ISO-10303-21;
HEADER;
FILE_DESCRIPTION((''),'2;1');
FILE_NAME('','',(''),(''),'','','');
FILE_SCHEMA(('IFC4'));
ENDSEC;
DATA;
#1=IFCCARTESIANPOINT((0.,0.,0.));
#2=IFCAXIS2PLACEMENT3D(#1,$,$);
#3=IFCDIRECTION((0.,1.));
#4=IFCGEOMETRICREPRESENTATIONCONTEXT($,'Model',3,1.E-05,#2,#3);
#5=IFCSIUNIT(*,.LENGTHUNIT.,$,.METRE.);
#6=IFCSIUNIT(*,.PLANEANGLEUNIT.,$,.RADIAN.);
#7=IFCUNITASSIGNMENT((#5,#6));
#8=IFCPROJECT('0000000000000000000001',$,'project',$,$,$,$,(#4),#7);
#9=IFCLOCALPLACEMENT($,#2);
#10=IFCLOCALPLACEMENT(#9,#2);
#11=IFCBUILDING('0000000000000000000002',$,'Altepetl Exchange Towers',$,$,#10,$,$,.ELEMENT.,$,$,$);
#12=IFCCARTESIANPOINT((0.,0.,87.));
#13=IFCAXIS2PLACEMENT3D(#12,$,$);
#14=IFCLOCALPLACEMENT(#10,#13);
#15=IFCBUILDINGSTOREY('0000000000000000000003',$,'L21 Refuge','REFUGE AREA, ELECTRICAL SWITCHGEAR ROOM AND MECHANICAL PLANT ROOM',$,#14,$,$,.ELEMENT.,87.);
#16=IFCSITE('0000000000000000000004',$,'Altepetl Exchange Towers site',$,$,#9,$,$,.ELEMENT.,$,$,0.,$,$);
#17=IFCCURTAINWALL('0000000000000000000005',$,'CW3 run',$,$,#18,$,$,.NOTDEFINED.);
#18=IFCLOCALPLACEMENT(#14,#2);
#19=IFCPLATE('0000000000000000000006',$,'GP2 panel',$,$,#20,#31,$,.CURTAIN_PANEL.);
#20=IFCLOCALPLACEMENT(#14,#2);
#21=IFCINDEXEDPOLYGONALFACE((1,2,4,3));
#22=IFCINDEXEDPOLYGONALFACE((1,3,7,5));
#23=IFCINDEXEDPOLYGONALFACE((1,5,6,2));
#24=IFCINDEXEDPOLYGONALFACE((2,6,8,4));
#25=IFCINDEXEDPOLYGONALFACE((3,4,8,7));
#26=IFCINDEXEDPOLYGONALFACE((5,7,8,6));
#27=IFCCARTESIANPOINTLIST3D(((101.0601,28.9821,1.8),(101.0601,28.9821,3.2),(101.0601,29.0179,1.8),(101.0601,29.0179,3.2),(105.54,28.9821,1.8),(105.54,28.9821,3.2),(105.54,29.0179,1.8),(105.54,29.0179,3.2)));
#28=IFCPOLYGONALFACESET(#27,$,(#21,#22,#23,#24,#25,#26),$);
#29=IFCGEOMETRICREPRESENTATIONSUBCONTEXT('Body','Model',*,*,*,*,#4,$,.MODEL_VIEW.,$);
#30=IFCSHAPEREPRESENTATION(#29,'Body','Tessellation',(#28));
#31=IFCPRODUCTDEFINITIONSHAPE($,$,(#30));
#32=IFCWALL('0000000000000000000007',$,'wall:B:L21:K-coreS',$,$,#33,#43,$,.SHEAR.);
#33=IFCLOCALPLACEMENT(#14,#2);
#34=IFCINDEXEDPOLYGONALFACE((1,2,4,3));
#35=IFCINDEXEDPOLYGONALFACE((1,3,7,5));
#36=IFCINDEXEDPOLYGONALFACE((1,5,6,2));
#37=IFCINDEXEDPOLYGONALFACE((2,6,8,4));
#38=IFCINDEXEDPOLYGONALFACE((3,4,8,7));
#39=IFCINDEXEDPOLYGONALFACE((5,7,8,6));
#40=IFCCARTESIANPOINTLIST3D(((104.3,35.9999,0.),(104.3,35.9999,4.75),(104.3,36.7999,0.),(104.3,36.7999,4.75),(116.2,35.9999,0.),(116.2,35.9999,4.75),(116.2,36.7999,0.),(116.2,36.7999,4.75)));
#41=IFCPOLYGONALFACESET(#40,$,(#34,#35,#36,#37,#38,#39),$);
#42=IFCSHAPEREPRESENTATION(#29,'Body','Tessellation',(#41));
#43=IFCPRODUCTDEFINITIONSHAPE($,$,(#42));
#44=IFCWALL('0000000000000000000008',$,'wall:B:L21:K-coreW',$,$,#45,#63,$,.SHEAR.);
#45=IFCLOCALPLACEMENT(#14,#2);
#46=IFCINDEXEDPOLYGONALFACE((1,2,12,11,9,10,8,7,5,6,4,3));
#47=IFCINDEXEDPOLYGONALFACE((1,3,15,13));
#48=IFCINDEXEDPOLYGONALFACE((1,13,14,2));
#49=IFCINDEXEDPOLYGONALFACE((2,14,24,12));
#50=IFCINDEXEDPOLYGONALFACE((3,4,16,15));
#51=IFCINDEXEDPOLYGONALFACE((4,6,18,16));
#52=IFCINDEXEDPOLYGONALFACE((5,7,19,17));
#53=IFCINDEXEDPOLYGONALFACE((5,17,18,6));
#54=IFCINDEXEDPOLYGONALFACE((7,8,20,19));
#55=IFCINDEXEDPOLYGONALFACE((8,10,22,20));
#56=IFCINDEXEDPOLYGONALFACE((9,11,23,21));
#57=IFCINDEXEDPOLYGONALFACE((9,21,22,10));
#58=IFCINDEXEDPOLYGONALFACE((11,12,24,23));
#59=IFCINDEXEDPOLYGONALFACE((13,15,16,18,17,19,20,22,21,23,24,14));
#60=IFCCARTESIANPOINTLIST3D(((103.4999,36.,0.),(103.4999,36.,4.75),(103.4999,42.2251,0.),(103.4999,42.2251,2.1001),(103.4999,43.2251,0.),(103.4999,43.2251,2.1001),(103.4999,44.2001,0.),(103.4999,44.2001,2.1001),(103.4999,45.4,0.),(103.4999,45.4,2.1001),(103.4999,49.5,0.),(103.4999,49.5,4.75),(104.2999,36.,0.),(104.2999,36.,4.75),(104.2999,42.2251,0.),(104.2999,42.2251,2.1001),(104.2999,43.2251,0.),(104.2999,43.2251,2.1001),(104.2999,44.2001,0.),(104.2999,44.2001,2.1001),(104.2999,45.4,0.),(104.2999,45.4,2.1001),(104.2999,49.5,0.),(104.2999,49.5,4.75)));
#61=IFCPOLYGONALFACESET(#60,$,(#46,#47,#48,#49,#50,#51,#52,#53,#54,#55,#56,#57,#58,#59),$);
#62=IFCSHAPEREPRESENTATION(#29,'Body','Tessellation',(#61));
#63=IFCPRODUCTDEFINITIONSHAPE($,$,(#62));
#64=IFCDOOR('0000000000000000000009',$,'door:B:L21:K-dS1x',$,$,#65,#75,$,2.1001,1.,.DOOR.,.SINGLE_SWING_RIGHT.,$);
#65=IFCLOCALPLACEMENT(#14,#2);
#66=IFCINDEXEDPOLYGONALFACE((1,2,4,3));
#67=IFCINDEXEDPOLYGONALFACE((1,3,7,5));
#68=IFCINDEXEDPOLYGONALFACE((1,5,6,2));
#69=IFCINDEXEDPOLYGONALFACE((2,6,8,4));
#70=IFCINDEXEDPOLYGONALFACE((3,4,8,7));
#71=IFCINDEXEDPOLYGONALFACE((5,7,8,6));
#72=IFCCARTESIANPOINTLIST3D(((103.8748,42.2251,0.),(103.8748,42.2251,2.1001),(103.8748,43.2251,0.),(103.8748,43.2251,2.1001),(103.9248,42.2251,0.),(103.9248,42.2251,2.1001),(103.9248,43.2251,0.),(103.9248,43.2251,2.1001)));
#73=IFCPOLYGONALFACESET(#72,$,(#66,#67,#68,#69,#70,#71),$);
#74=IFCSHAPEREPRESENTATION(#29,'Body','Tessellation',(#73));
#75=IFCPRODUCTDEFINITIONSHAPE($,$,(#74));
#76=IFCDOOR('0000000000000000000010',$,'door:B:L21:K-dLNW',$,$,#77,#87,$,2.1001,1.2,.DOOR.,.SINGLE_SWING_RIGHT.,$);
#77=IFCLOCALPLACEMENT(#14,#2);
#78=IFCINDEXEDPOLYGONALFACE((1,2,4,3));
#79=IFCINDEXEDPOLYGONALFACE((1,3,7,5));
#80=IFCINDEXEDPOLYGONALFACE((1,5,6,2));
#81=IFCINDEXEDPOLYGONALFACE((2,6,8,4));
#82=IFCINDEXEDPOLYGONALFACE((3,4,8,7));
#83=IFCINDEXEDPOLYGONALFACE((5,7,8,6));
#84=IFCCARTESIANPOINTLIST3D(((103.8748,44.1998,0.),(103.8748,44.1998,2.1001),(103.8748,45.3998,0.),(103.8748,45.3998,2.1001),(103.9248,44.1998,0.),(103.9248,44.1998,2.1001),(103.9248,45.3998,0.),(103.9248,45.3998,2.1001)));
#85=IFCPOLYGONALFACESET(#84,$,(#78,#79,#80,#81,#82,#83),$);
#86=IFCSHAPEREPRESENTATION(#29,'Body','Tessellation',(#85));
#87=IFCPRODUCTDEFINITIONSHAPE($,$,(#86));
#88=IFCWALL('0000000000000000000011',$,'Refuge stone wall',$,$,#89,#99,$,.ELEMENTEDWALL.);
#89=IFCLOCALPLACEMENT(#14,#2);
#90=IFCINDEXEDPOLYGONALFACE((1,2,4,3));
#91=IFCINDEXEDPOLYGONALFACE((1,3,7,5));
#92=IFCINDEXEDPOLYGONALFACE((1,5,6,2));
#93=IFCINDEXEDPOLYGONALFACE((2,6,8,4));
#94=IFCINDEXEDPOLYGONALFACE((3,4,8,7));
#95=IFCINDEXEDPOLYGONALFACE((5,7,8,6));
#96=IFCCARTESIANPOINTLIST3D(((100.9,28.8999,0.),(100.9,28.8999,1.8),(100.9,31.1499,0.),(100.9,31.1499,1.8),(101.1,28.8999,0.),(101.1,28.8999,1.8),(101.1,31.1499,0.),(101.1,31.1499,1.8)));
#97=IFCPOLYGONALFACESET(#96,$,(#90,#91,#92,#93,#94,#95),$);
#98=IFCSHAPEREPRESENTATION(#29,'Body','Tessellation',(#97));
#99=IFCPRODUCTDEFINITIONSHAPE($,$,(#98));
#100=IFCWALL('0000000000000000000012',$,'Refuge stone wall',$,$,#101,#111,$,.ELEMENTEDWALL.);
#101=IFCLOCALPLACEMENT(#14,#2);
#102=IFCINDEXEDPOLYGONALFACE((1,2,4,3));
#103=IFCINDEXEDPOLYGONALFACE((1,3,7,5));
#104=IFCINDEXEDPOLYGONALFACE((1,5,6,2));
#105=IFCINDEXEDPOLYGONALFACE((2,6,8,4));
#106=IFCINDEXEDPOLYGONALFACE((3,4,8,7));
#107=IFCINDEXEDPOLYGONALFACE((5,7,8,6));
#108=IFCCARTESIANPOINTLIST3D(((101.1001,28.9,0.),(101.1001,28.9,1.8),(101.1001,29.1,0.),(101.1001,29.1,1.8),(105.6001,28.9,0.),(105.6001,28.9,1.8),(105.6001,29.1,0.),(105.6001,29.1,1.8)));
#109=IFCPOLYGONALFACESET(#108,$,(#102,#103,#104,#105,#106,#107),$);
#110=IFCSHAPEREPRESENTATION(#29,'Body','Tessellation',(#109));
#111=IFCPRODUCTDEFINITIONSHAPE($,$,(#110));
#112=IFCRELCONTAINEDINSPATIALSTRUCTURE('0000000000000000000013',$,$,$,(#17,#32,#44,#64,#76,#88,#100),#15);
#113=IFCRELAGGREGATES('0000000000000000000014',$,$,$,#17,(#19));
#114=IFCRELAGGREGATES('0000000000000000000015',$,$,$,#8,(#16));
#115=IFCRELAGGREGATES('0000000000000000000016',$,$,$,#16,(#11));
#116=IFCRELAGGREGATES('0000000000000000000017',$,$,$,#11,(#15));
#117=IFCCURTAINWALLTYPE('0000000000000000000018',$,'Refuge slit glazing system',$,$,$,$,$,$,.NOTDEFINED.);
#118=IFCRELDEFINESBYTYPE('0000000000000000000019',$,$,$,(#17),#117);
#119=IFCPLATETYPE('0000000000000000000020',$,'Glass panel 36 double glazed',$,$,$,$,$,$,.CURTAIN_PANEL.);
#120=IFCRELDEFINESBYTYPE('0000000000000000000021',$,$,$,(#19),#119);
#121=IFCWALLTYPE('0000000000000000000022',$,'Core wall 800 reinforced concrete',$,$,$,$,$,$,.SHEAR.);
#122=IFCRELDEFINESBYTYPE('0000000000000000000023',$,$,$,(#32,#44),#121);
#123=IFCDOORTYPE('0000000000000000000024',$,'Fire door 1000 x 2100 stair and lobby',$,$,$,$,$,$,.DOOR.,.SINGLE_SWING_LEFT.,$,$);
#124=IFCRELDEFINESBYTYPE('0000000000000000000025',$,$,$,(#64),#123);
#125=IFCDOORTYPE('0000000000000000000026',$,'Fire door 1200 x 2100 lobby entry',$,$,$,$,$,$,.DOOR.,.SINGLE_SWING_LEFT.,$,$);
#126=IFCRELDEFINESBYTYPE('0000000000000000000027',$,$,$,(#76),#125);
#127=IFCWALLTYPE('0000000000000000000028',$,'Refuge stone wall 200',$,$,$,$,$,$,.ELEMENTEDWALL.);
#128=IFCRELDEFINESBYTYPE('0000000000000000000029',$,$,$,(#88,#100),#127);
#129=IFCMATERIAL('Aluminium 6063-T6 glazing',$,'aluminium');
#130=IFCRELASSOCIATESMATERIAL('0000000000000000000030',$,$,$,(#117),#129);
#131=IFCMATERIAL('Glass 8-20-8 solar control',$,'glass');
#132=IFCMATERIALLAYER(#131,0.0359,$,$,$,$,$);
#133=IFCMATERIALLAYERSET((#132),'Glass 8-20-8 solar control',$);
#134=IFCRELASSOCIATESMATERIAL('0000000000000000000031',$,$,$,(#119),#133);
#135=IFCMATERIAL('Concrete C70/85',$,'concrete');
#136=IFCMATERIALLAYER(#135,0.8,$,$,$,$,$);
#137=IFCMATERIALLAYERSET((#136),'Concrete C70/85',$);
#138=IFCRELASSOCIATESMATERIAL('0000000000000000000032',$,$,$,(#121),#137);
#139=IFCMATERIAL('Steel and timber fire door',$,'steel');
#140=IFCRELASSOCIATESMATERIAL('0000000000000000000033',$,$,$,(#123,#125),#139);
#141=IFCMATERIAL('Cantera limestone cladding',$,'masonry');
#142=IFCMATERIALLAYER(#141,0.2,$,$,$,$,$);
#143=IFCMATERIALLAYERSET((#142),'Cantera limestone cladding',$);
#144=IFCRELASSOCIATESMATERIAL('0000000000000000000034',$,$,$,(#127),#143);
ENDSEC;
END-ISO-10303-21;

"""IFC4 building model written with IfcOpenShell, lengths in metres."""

from ifc_helpers import new_model, si_unit, direction, frame, frame_2d, origin, origin_2d, place, context, subcontext, project, spatial, rectangle, extrude, material, layer, layer_set, type_object, element, fill, aggregate, save


model = new_model("IFC4")

# Units and contexts
model_context = context("Model", 3, precision=1e-05, world=origin(), true_north=direction((0.0, 1.0)))
body_context = subcontext(model_context, "Body", "Model", "MODEL_VIEW")
ifc_project = project(units=[si_unit("LENGTHUNIT", "METRE"), si_unit("PLANEANGLEUNIT", "RADIAN")], contexts=[model_context])

# Site, building, storey
site_placement = place(None, origin())
site = spatial("IfcSite", under=ifc_project, at=site_placement, Name="Altepetl Exchange Towers site", CompositionType="ELEMENT", RefElevation=0.0)
building_placement = place(site_placement, origin())
building = spatial("IfcBuilding", under=site, at=building_placement, Name="Altepetl Exchange Towers", CompositionType="ELEMENT")
storey_placement = place(building_placement, frame((0.0, 0.0, 87.0)))
storey = spatial("IfcBuildingStorey", under=building, at=storey_placement, Name="L21 Refuge", Description="REFUGE AREA, ELECTRICAL SWITCHGEAR ROOM AND MECHANICAL PLANT ROOM", CompositionType="ELEMENT", Elevation=87.0)

# Curtain wall
ifc_material_1 = material(Name="Aluminium 6063-T6 glazing", Category="aluminium")
curtain_wall_type = type_object("IfcCurtainWallType", Name="Refuge slit glazing system", PredefinedType="NOTDEFINED", material=ifc_material_1)
curtain_wall_1_placement = place(storey_placement, origin())
curtain_wall_1 = element("IfcCurtainWall", 1, at=curtain_wall_1_placement, inside=storey, type_object=curtain_wall_type, Name="CW3 run", PredefinedType="NOTDEFINED")

# Plate
ifc_material_2 = material(Name="Glass 8-20-8 solar control", Category="glass")
ifc_layer_1 = layer(ifc_material_2, 0.0359)
ifc_layer_set_1 = layer_set([ifc_layer_1], Name="Glass 8-20-8 solar control")
plate_type = type_object("IfcPlateType", Name="Glass panel 36 double glazed", PredefinedType="CURTAIN_PANEL", material=ifc_layer_set_1)
plate_1_placement = place(storey_placement, frame((103.3, 29.0, 1.8)))
plate_1 = element("IfcPlate", 2, at=plate_1_placement, type_object=plate_type, Name="GP2 panel", PredefinedType="CURTAIN_PANEL", context=body_context, shape_type="SweptSolid", body=[
    extrude(rectangle(XDim=4.48, YDim=0.0359, at=origin_2d()), origin(), (0.0, 0.0, 1.0), 1.3999),
])
aggregate(curtain_wall_1, [plate_1])

# Wall
ifc_material_3 = material(Name="Concrete C70/85", Category="concrete")
ifc_layer_2 = layer(ifc_material_3, 0.8)
ifc_layer_set_2 = layer_set([ifc_layer_2], Name="Concrete C70/85")
wall_type_1 = type_object("IfcWallType", Name="Core wall 800 reinforced concrete", PredefinedType="SHEAR", material=ifc_layer_set_2)
wall_1_placement = place(storey_placement, frame((104.3, 36.3999, 0.0)))
element("IfcWall", 3, at=wall_1_placement, inside=storey, type_object=wall_type_1, Name="wall:B:L21:K-coreS", PredefinedType="SHEAR", context=body_context, shape_type="SweptSolid", body=[
    extrude(rectangle(XDim=11.8999, YDim=0.8, at=frame_2d((5.95, 0.0))), origin(), (0.0, 0.0, 1.0), 4.75),
])

# Wall, openings, doors
wall_2_placement = place(storey_placement, frame((103.8999, 36.0, 0.0), z_axis=(0.0, 0.0, 1.0), x_axis=(0.0, 1.0, 0.0)))
wall_2 = element("IfcWall", 4, at=wall_2_placement, inside=storey, type_object=wall_type_1, Name="wall:B:L21:K-coreW", PredefinedType="SHEAR", context=body_context, shape_type="SweptSolid", body=[
    extrude(rectangle(XDim=13.5, YDim=0.8, at=frame_2d((6.75, 0.0))), origin(), (0.0, 0.0, 1.0), 4.75),
])
opening_1_placement = place(wall_2_placement, frame((8.2, 0.0, 0.0)))
opening_1 = element("IfcOpeningElement", 5, at=opening_1_placement, cuts=wall_2, PredefinedType="OPENING", context=body_context, shape_type="SweptSolid", body=[
    extrude(rectangle(XDim=1.2, YDim=2.1001, at=frame_2d((0.6001, 1.05))), frame((0.0, 0.4102, 0.0), z_axis=(0.0, -1.0, 0.0), x_axis=(1.0, 0.0, 0.0)), (0.0, 0.0, 1.0), 0.8201),
])
opening_2_placement = place(wall_2_placement, frame((6.2251, 0.0, 0.0)))
opening_2 = element("IfcOpeningElement", 6, at=opening_2_placement, cuts=wall_2, PredefinedType="OPENING", context=body_context, shape_type="SweptSolid", body=[
    extrude(rectangle(XDim=1.0, YDim=2.1001, at=frame_2d((0.5, 1.05))), frame((0.0, 0.4102, 0.0), z_axis=(0.0, -1.0, 0.0), x_axis=(1.0, 0.0, 0.0)), (0.0, 0.0, 1.0), 0.8201),
])
ifc_material_4 = material(Name="Steel and timber fire door", Category="steel")
door_type_1 = type_object("IfcDoorType", Name="Fire door 1000 x 2100 stair and lobby", OperationType="SINGLE_SWING_LEFT", PredefinedType="DOOR", material=ifc_material_4)
door_1_placement = place(opening_2_placement, frame((1.0, 0.0, 0.0), x_axis=(-1.0, 0.0, 0.0)))
door_1 = element("IfcDoor", 7, at=door_1_placement, inside=storey, type_object=door_type_1, Name="door:B:L21:K-dS1x", OperationType="SINGLE_SWING_RIGHT", OverallHeight=2.1001, OverallWidth=1.0, PredefinedType="DOOR", context=body_context, shape_type="SweptSolid", body=[
    extrude(rectangle(XDim=1.0, YDim=2.1001, at=frame_2d((0.5, 1.05))), frame((0.0, 0.0249, 0.0), z_axis=(0.0, -1.0, 0.0), x_axis=(1.0, 0.0, 0.0)), (0.0, 0.0, 1.0), 0.05),
])
fill(opening_2, door_1)
door_type_2 = type_object("IfcDoorType", Name="Fire door 1200 x 2100 lobby entry", OperationType="SINGLE_SWING_LEFT", PredefinedType="DOOR", material=ifc_material_4)
door_2_placement = place(opening_1_placement, frame((1.2, 0.0, 0.0), x_axis=(-1.0, 0.0, 0.0)))
door_2 = element("IfcDoor", 8, at=door_2_placement, inside=storey, type_object=door_type_2, Name="door:B:L21:K-dLNW", OperationType="SINGLE_SWING_RIGHT", OverallHeight=2.1001, OverallWidth=1.2, PredefinedType="DOOR", context=body_context, shape_type="SweptSolid", body=[
    extrude(rectangle(XDim=1.2, YDim=2.1001, at=frame_2d((0.6001, 1.05))), frame((0.0, 0.0249, 0.0), z_axis=(0.0, -1.0, 0.0), x_axis=(1.0, 0.0, 0.0)), (0.0, 0.0, 1.0), 0.05),
])
fill(opening_1, door_2)

# Walls
ifc_material_5 = material(Name="Cantera limestone cladding", Category="masonry")
ifc_layer_3 = layer(ifc_material_5, 0.2)
ifc_layer_set_3 = layer_set([ifc_layer_3], Name="Cantera limestone cladding")
wall_type_2 = type_object("IfcWallType", Name="Refuge stone wall 200", PredefinedType="ELEMENTEDWALL", material=ifc_layer_set_3)
wall_3_placement = place(storey_placement, frame((101.0, 31.1499, 0.0), z_axis=(0.0, 0.0, 1.0), x_axis=(0.0, -1.0, 0.0)))
element("IfcWall", 9, at=wall_3_placement, inside=storey, type_object=wall_type_2, Name="Refuge stone wall", PredefinedType="ELEMENTEDWALL", context=body_context, shape_type="SweptSolid", body=[
    extrude(rectangle(XDim=2.25, YDim=0.2, at=frame_2d((1.125, 0.0))), origin(), (0.0, 0.0, 1.0), 1.8),
])
wall_4_placement = place(storey_placement, frame((101.1001, 29.0, 0.0)))
element("IfcWall", 10, at=wall_4_placement, inside=storey, type_object=wall_type_2, Name="Refuge stone wall", PredefinedType="ELEMENTEDWALL", context=body_context, shape_type="SweptSolid", body=[
    extrude(rectangle(XDim=4.5, YDim=0.2, at=frame_2d((2.25, 0.0))), origin(), (0.0, 0.0, 1.0), 1.8),
])

save(model, "model.ifc")
